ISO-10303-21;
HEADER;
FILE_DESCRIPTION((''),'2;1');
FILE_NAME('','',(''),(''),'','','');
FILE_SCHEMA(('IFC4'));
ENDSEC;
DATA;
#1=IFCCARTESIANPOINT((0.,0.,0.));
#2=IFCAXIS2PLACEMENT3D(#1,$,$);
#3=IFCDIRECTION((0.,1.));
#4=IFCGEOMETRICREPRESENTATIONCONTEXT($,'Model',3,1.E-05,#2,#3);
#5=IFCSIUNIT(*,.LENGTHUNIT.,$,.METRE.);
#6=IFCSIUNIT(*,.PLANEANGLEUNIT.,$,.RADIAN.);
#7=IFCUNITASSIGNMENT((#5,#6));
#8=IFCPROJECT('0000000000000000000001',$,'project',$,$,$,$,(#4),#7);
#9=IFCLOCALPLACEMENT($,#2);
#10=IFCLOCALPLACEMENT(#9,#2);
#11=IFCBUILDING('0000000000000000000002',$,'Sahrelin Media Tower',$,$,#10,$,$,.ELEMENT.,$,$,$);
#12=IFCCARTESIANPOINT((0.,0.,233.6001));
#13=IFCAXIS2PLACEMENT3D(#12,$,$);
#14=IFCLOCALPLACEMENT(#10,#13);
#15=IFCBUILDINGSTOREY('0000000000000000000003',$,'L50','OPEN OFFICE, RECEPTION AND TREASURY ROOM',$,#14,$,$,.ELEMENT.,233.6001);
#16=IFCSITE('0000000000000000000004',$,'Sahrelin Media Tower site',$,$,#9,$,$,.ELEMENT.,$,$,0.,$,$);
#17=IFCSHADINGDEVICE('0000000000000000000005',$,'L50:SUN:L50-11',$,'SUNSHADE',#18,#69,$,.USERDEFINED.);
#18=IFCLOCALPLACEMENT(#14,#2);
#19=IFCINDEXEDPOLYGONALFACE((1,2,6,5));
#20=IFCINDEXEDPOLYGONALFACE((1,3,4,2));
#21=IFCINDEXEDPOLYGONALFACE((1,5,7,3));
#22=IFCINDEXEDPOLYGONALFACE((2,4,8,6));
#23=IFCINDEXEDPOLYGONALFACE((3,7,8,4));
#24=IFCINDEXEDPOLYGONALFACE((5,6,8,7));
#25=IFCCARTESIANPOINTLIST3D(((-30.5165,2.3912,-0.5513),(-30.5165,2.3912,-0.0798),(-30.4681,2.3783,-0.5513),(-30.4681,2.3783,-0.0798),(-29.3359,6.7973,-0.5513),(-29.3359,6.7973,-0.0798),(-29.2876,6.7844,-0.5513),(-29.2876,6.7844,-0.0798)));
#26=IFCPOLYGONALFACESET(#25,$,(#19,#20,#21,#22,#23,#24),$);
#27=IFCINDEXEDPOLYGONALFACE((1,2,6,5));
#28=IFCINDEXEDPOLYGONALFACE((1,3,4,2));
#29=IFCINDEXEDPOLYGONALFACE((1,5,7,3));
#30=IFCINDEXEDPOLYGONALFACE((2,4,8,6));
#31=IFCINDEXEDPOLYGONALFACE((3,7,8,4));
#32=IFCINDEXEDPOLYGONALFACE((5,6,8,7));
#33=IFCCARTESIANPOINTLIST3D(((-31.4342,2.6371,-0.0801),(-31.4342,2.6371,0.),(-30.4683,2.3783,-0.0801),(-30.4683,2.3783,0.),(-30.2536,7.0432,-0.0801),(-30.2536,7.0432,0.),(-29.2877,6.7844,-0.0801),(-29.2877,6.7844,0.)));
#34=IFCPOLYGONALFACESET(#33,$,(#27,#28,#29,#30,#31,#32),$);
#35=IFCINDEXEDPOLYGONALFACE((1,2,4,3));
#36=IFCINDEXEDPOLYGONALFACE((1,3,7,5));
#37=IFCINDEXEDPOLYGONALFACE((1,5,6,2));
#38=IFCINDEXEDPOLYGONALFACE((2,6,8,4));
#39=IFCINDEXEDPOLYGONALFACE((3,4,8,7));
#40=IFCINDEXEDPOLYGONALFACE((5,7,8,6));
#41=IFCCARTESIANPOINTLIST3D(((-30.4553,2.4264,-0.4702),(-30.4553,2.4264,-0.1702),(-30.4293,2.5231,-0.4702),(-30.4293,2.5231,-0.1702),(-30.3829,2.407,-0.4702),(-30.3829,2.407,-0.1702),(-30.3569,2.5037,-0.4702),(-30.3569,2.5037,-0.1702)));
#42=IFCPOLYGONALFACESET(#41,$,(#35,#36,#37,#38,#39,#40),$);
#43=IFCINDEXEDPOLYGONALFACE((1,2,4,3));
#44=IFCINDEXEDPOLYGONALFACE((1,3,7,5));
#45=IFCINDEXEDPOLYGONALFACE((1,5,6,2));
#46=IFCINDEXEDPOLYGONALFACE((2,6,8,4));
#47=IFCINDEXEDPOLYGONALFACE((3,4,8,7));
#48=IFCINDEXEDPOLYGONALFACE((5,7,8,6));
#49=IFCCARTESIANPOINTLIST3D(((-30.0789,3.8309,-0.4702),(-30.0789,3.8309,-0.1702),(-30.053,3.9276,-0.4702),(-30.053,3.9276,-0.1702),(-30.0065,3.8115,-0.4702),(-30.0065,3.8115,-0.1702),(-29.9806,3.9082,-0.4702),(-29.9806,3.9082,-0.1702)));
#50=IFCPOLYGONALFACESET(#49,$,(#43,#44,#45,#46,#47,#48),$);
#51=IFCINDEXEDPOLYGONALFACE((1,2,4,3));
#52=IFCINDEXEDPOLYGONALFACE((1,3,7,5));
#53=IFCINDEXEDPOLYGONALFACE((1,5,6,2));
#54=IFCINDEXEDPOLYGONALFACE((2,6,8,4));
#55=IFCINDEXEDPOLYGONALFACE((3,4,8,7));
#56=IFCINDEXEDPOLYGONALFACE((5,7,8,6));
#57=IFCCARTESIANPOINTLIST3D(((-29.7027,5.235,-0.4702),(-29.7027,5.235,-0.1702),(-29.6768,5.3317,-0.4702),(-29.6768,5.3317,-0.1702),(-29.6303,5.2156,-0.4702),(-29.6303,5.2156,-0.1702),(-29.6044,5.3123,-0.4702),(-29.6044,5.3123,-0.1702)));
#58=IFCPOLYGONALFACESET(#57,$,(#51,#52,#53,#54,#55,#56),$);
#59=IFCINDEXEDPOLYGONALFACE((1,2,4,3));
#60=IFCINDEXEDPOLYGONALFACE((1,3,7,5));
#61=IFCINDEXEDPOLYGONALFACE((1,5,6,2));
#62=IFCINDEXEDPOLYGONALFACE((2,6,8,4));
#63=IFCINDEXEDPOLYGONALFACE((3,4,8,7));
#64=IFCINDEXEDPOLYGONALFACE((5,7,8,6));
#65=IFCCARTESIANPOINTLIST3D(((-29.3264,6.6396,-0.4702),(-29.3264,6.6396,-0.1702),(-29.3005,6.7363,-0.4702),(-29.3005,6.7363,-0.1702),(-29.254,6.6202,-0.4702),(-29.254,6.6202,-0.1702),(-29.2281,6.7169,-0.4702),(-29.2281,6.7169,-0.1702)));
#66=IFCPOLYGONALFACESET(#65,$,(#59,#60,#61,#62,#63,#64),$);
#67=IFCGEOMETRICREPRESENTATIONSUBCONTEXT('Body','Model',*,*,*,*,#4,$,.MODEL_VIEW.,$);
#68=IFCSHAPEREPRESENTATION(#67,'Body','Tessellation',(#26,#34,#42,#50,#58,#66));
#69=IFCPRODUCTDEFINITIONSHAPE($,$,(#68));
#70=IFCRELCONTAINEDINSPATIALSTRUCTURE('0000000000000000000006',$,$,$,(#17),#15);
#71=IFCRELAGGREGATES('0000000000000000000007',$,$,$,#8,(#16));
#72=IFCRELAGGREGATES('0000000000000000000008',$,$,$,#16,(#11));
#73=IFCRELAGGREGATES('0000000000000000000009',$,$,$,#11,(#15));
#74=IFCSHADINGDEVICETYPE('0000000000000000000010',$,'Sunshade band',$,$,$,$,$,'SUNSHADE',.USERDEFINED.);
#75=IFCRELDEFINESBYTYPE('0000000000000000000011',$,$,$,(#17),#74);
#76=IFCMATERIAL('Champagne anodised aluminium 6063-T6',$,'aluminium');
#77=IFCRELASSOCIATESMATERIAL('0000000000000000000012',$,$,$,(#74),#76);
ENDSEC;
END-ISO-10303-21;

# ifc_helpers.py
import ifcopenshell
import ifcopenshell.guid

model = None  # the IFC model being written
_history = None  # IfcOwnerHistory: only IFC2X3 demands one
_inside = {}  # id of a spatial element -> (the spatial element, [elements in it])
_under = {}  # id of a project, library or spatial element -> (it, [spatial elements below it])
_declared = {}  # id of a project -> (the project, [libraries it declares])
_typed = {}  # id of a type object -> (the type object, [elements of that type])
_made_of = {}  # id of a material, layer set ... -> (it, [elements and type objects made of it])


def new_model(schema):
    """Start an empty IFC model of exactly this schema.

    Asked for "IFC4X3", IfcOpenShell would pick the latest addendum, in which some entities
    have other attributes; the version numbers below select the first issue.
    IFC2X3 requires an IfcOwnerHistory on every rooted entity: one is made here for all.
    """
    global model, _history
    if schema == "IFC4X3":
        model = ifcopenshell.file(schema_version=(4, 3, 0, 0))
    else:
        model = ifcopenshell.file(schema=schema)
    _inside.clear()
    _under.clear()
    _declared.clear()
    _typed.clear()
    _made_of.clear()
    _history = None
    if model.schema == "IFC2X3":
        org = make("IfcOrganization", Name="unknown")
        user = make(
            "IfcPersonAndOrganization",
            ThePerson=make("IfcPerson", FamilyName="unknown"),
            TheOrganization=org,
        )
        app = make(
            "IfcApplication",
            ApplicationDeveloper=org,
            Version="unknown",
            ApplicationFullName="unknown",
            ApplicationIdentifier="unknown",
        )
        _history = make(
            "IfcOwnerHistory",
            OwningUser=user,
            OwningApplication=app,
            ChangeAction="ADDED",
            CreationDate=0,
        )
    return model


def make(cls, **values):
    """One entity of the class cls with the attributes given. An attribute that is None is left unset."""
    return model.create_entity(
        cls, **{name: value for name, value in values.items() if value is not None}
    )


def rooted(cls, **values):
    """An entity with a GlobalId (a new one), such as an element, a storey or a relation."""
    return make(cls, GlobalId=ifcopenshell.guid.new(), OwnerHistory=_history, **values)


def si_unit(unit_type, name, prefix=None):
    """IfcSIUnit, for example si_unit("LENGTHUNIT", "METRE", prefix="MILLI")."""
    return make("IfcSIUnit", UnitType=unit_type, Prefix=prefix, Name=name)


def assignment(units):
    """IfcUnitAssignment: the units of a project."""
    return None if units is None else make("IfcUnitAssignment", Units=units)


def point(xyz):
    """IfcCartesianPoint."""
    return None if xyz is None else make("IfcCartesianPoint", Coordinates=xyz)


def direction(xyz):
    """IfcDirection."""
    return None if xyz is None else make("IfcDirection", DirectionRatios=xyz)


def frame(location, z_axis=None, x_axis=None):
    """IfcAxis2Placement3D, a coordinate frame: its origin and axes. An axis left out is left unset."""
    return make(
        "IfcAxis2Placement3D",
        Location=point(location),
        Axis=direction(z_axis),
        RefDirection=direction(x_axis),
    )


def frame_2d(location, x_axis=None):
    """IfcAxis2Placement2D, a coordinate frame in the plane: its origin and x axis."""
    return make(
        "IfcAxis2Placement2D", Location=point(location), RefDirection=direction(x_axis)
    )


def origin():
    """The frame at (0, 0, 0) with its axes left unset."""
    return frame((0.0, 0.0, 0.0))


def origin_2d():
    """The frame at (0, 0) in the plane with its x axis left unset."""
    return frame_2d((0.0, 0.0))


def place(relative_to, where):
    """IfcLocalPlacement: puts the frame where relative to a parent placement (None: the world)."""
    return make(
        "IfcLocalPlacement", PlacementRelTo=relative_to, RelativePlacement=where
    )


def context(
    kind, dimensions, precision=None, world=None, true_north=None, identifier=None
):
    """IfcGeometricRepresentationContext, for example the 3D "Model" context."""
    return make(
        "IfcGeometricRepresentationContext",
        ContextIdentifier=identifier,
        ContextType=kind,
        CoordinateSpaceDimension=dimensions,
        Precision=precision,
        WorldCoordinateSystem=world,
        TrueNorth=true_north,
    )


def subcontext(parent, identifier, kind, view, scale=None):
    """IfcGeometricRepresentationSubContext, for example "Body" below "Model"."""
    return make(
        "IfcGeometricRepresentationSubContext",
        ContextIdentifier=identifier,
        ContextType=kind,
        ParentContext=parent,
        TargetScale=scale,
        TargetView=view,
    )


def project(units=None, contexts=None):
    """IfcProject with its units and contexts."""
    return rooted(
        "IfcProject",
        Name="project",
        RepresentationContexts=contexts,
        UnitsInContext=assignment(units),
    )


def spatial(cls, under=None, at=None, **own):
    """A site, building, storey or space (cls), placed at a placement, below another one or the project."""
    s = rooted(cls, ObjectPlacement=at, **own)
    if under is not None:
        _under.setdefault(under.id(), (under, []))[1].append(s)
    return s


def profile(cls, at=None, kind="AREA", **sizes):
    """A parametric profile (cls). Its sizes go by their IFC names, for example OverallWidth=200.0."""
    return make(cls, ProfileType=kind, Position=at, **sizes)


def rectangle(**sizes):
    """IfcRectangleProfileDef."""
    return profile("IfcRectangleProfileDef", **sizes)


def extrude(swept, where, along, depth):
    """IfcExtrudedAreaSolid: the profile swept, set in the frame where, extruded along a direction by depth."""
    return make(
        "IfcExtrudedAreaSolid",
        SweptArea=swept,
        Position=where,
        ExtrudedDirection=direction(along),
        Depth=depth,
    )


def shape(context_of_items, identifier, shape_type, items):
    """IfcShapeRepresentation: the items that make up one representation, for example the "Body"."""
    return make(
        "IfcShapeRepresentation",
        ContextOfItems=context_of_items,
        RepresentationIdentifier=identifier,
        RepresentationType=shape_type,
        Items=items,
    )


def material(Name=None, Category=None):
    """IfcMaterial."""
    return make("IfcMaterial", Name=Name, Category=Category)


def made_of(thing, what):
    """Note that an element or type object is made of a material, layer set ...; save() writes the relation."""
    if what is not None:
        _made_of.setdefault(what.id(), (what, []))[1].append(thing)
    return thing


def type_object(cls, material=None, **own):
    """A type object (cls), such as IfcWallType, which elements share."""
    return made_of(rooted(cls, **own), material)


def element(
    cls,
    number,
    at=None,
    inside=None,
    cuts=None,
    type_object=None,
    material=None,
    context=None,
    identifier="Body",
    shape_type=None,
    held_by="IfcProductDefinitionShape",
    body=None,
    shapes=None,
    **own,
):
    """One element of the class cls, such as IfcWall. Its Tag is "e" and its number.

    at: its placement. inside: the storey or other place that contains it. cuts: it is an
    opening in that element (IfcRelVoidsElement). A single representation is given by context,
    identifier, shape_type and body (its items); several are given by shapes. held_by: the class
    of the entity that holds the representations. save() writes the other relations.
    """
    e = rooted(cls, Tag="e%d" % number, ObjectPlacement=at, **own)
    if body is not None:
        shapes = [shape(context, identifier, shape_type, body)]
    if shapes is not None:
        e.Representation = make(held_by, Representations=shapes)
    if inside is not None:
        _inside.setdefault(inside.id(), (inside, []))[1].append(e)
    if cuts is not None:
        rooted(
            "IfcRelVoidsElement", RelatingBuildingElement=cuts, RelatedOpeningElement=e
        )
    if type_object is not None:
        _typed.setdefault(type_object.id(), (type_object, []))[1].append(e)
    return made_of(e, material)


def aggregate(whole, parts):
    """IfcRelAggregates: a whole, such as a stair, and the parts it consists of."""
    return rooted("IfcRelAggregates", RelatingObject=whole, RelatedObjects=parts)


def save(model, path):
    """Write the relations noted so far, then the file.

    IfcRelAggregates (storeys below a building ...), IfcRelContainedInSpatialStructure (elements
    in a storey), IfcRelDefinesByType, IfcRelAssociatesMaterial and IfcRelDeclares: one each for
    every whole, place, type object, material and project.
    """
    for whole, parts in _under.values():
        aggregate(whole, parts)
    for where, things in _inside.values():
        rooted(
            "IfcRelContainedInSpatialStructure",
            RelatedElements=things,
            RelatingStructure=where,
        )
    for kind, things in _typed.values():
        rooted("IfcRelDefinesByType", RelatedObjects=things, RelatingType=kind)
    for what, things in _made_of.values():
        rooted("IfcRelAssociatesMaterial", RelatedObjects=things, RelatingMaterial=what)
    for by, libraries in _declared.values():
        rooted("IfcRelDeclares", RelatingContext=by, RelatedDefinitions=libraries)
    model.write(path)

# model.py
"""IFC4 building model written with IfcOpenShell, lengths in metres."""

from ifc_helpers import new_model, si_unit, direction, frame, origin, origin_2d, place, context, subcontext, project, spatial, rectangle, extrude, material, type_object, element, save


model = new_model("IFC4")

# Units and contexts
model_context = context("Model", 3, precision=1e-05, world=origin(), true_north=direction((0.0, 1.0)))
body_context = subcontext(model_context, "Body", "Model", "MODEL_VIEW")
ifc_project = project(units=[si_unit("LENGTHUNIT", "METRE"), si_unit("PLANEANGLEUNIT", "RADIAN")], contexts=[model_context])

# Site, building, storey
site_placement = place(None, origin())
site = spatial("IfcSite", under=ifc_project, at=site_placement, Name="Sahrelin Media Tower site", CompositionType="ELEMENT", RefElevation=0.0)
building_placement = place(site_placement, origin())
building = spatial("IfcBuilding", under=site, at=building_placement, Name="Sahrelin Media Tower", CompositionType="ELEMENT")
storey_placement = place(building_placement, frame((0.0, 0.0, 233.6001)))
storey = spatial("IfcBuildingStorey", under=building, at=storey_placement, Name="L50", Description="OPEN OFFICE, RECEPTION AND TREASURY ROOM", CompositionType="ELEMENT", Elevation=233.6001)

# Shared definitions
ifc_material_1 = material(Name="Champagne anodised aluminium 6063-T6", Category="aluminium")

# Shading device
placement_1 = place(storey_placement, frame((-29.8586, 4.5762, 0.0), z_axis=(0.0, 0.0, 1.0), x_axis=(0.258808, 0.965929, 0.0)))
shading_device_type_1 = type_object("IfcShadingDeviceType", Name="Sunshade band", ElementType="SUNSHADE", PredefinedType="USERDEFINED", material=ifc_material_1)
element("IfcShadingDevice", 1, at=placement_1, inside=storey, type_object=shading_device_type_1, Name="L50:SUN:L50-11", ObjectType="SUNSHADE", PredefinedType="USERDEFINED", context=body_context, shape_type="SweptSolid", body=[
    extrude(rectangle(XDim=4.5615, YDim=0.05, at=origin_2d()), frame((0.0, 0.0449, -0.5513)), (0.0, 0.0, 1.0), 0.4714),
    extrude(rectangle(XDim=4.5615, YDim=1.0, at=origin_2d()), frame((0.0, 0.52, -0.0801)), (0.0, 0.0, 1.0), 0.0801),
    extrude(rectangle(XDim=0.1001, YDim=0.075, at=origin_2d()), frame((-2.1809, -0.0176, -0.4702)), (0.0, 0.0, 1.0), 0.3),
    extrude(rectangle(XDim=0.1001, YDim=0.075, at=origin_2d()), frame((-0.7268, -0.0176, -0.4702)), (0.0, 0.0, 1.0), 0.3),
    extrude(rectangle(XDim=0.1001, YDim=0.075, at=origin_2d()), frame((0.7268, -0.0176, -0.4702)), (0.0, 0.0, 1.0), 0.3),
    extrude(rectangle(XDim=0.1001, YDim=0.075, at=origin_2d()), frame((2.1809, -0.0176, -0.4702)), (0.0, 0.0, 1.0), 0.3),
])

save(model, "model.ifc")
